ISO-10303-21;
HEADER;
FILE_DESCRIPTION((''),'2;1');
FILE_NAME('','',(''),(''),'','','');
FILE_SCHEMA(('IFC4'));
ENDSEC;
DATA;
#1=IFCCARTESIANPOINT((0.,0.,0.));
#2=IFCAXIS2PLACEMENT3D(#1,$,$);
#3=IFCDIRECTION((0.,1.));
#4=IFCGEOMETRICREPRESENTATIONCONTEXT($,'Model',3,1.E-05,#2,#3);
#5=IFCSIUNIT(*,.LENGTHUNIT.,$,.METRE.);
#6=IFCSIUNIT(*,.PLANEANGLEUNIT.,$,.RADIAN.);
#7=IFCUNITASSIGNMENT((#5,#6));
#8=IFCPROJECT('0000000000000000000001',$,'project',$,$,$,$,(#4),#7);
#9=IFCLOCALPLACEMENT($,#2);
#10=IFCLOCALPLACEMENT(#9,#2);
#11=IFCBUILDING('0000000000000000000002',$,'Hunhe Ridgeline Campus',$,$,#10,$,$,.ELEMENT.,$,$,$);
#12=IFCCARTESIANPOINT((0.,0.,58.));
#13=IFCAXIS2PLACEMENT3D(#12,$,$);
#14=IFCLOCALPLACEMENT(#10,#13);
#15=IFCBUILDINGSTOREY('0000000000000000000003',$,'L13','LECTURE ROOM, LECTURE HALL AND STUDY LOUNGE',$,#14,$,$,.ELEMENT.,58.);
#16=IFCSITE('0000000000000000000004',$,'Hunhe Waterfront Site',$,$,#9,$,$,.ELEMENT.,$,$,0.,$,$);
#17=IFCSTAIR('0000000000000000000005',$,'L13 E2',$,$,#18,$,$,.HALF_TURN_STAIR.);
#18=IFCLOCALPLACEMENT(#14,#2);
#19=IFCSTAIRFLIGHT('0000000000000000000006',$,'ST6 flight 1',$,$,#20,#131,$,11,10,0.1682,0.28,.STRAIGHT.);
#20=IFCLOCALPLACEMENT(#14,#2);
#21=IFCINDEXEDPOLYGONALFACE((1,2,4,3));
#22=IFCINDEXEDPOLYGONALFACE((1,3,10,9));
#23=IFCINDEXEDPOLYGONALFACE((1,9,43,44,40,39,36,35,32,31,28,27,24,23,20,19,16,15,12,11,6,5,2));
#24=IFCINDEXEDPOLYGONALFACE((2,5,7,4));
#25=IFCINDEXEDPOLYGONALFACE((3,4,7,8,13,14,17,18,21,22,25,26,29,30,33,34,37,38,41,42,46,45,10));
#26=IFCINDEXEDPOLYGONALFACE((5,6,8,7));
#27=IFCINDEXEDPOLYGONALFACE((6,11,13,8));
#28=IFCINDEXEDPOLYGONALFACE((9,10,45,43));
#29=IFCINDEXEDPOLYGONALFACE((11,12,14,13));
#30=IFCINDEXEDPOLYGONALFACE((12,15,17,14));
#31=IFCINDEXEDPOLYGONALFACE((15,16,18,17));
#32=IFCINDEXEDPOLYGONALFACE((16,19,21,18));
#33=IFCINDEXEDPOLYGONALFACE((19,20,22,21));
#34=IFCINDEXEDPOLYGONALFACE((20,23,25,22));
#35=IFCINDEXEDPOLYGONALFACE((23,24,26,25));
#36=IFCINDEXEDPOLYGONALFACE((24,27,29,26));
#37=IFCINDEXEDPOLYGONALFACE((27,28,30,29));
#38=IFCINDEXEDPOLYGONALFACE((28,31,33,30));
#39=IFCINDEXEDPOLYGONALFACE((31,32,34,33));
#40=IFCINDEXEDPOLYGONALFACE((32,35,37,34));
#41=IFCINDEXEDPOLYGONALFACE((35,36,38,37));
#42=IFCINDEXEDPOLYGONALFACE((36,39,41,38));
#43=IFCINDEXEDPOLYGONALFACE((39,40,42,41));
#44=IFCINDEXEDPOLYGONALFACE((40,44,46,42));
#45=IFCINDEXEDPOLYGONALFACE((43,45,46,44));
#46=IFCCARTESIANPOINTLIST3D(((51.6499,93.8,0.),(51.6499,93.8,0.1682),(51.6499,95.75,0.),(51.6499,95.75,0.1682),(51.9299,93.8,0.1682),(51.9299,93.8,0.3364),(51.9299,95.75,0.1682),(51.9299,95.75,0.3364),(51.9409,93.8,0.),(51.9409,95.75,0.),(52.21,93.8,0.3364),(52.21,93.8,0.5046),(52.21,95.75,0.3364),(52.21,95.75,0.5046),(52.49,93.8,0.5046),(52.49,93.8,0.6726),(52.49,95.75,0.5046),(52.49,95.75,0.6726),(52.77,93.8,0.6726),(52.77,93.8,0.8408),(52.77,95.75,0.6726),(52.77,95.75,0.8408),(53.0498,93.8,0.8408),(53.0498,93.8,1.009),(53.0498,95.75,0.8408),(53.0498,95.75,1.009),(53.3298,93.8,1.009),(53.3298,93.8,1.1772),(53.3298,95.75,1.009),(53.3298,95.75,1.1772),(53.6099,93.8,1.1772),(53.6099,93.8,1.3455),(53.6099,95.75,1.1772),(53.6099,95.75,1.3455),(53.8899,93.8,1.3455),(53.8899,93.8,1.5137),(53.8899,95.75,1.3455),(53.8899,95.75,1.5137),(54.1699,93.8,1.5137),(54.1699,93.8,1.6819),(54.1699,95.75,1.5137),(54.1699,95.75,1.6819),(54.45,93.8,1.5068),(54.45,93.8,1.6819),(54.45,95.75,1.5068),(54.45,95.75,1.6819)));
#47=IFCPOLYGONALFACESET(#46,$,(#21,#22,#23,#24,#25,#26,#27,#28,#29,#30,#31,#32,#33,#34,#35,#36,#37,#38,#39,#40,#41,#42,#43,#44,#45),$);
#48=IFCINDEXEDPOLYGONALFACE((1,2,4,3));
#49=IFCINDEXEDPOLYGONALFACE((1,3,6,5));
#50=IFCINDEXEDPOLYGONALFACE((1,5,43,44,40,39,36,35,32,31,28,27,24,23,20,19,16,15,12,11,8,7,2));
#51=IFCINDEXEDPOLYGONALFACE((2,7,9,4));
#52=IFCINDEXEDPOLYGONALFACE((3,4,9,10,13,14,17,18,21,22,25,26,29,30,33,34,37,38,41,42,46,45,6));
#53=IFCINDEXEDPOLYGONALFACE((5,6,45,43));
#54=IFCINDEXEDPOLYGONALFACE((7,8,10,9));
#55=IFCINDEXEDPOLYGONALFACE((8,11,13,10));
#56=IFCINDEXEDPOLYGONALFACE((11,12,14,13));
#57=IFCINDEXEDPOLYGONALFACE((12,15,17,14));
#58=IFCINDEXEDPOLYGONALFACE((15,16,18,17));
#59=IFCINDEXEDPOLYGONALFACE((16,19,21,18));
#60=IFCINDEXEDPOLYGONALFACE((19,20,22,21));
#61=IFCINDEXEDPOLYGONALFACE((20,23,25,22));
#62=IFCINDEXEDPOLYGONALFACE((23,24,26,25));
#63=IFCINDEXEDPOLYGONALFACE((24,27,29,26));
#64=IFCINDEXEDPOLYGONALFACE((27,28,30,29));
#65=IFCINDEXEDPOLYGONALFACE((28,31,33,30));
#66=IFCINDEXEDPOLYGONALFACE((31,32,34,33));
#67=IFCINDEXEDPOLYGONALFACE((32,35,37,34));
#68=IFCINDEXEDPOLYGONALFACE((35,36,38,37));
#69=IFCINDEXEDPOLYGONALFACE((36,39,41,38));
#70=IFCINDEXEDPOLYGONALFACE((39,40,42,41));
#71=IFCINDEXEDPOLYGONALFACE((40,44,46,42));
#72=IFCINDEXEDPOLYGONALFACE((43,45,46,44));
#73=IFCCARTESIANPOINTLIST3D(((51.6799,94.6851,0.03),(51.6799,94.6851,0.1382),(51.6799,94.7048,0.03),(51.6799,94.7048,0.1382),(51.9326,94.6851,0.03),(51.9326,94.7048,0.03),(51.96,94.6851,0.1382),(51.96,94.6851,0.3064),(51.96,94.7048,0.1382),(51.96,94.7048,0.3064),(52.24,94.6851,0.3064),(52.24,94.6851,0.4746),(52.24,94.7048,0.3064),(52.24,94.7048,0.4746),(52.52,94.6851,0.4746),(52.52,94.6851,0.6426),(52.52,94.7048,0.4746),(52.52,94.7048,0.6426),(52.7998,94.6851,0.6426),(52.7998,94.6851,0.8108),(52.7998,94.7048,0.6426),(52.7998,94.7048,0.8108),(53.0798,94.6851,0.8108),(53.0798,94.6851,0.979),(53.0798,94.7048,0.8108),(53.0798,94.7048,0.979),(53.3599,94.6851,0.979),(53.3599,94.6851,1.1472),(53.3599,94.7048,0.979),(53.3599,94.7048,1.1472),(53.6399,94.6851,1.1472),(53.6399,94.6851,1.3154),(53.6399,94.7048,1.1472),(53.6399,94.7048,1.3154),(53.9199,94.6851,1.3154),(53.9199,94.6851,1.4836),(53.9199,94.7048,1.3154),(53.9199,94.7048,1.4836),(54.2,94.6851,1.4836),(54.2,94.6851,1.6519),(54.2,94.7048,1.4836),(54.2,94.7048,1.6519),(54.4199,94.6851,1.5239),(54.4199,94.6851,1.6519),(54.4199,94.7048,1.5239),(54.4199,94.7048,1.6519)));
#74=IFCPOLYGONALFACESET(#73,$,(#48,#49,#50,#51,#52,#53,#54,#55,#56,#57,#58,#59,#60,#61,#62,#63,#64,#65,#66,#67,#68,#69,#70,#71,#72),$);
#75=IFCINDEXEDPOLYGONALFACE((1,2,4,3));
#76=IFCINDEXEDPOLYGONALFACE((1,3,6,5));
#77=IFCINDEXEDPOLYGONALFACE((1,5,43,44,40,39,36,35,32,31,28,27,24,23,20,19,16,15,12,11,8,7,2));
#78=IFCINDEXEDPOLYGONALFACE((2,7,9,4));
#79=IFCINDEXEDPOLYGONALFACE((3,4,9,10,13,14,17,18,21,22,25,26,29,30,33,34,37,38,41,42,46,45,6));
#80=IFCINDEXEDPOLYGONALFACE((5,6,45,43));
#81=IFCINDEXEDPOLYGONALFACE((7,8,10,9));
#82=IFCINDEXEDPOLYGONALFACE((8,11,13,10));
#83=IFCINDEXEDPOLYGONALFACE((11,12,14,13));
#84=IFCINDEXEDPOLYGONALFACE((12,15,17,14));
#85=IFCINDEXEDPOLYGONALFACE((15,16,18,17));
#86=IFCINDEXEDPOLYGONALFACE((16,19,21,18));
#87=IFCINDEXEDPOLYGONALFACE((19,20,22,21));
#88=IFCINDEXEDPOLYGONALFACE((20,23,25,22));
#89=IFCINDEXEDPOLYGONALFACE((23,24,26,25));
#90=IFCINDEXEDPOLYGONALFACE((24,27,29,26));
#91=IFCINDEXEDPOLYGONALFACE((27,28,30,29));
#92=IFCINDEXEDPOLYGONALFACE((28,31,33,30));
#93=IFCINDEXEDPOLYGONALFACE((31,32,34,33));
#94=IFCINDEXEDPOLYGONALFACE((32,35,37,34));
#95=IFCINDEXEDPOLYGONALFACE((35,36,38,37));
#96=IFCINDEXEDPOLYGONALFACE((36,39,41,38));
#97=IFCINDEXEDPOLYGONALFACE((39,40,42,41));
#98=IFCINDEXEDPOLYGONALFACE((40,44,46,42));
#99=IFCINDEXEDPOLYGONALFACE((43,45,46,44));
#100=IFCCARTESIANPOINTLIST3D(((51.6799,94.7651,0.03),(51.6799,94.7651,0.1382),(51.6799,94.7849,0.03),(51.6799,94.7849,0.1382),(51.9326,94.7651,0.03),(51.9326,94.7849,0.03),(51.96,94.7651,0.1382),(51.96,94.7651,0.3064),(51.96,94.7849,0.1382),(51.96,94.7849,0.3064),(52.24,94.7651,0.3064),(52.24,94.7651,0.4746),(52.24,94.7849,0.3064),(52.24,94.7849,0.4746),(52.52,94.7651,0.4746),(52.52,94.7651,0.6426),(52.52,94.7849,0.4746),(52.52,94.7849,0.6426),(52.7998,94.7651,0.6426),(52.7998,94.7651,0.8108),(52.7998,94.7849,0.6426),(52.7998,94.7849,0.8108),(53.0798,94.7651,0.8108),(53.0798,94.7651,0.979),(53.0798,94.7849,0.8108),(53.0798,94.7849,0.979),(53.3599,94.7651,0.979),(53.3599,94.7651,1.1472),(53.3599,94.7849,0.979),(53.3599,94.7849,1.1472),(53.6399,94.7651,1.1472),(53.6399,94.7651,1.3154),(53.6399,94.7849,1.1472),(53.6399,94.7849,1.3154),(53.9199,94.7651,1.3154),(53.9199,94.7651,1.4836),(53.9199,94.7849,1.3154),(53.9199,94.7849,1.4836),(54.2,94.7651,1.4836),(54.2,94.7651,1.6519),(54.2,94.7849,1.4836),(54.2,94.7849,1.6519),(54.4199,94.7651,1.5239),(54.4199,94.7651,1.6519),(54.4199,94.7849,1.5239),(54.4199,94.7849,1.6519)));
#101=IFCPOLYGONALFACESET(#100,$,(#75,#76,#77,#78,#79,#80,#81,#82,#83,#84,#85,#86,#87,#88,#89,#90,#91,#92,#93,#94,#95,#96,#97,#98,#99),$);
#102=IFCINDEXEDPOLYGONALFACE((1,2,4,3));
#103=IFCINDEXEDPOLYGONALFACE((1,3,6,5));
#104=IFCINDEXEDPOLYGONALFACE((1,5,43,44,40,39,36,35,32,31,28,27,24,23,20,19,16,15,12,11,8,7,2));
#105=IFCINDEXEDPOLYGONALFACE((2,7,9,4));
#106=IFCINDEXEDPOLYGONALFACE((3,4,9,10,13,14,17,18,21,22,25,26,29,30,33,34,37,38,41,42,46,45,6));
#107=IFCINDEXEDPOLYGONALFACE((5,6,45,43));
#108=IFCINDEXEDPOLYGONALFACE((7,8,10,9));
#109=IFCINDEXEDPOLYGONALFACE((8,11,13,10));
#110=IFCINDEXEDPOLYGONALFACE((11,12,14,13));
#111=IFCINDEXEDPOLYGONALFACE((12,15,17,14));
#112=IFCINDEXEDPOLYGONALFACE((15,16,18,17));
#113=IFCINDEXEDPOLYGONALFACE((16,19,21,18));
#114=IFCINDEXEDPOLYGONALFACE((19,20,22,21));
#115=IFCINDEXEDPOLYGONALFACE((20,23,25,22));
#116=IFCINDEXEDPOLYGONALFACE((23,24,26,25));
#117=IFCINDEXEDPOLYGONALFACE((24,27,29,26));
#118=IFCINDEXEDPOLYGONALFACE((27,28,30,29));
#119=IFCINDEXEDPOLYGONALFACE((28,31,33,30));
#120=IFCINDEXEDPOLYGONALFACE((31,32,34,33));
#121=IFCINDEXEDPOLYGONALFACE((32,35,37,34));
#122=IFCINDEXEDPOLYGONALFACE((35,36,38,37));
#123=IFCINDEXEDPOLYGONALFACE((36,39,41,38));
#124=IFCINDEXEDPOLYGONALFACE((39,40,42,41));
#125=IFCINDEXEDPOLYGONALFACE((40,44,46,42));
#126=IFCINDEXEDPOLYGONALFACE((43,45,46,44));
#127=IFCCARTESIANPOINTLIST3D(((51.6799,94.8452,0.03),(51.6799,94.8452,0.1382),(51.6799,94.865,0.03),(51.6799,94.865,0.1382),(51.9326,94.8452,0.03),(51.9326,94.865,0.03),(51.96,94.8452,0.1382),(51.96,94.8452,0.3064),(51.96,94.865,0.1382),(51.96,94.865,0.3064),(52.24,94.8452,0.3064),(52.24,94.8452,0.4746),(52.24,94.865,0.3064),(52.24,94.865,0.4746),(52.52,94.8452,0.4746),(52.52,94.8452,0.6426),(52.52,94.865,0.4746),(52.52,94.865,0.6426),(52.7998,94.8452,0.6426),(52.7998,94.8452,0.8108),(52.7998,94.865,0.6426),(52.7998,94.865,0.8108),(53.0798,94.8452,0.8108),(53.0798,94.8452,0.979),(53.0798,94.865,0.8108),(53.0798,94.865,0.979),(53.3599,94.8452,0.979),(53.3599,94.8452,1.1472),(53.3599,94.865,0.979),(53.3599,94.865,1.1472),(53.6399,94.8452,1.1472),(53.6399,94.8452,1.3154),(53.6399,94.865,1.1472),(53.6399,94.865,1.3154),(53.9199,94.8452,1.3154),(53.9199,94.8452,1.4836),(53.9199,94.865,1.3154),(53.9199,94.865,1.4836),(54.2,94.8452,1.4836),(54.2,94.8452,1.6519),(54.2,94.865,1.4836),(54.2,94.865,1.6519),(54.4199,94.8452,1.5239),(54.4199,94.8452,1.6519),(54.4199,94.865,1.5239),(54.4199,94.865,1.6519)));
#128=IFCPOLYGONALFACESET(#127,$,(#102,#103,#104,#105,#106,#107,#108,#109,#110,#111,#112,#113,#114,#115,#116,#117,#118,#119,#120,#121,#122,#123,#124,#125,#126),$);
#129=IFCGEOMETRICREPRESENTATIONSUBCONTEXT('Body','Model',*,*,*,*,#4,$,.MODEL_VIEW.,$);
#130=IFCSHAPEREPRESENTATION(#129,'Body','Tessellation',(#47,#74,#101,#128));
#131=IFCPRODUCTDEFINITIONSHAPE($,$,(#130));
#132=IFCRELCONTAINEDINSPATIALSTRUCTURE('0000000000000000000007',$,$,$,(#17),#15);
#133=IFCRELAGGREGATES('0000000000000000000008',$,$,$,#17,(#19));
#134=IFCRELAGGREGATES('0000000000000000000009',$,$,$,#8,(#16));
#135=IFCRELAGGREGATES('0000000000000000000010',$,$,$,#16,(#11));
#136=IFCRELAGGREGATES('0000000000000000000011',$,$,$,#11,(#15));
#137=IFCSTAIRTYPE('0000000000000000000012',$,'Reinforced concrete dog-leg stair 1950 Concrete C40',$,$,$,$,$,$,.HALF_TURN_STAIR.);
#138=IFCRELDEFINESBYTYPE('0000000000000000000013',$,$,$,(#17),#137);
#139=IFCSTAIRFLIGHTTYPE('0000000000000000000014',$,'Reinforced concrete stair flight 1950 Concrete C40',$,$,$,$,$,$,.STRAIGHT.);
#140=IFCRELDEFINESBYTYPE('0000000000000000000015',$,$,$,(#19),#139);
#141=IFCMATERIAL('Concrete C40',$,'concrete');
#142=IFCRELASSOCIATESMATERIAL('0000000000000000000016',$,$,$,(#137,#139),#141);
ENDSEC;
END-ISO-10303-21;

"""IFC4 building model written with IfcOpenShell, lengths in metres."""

from ifc_helpers import new_model, si_unit, direction, frame, origin, place, context, subcontext, project, spatial, polyline, outline, extrude, material, type_object, element, aggregate, save


model = new_model("IFC4")

# Units and contexts
model_context = context("Model", 3, precision=1e-05, world=origin(), true_north=direction((0.0, 1.0)))
body_context = subcontext(model_context, "Body", "Model", "MODEL_VIEW")
ifc_project = project(units=[si_unit("LENGTHUNIT", "METRE"), si_unit("PLANEANGLEUNIT", "RADIAN")], contexts=[model_context])

# Site, building, storey
site_placement = place(None, origin())
site = spatial("IfcSite", under=ifc_project, at=site_placement, Name="Hunhe Waterfront Site", CompositionType="ELEMENT", RefElevation=0.0)
building_placement = place(site_placement, origin())
building = spatial("IfcBuilding", under=site, at=building_placement, Name="Hunhe Ridgeline Campus", CompositionType="ELEMENT")
storey_placement = place(building_placement, frame((0.0, 0.0, 58.0)))
storey = spatial("IfcBuildingStorey", under=building, at=storey_placement, Name="L13", Description="LECTURE ROOM, LECTURE HALL AND STUDY LOUNGE", CompositionType="ELEMENT", Elevation=58.0)

# Shared definitions
ifc_material_1 = material(Name="Concrete C40", Category="concrete")
stair_type = type_object("IfcStairType", Name="Reinforced concrete dog-leg stair 1950 Concrete C40", PredefinedType="HALF_TURN_STAIR", material=ifc_material_1)
stair_flight_type = type_object("IfcStairFlightType", Name="Reinforced concrete stair flight 1950 Concrete C40", PredefinedType="STRAIGHT", material=ifc_material_1)

# Stair, stair flight
stair_1_placement = place(storey_placement, origin())
stair_1 = element("IfcStair", 1, at=stair_1_placement, inside=storey, type_object=stair_type, Name="L13 E2", PredefinedType="HALF_TURN_STAIR")
stair_flight_1_placement = place(storey_placement, frame((51.6499, 94.7749, 0.0), z_axis=(0.0, 0.0, 1.0), x_axis=(1.0, 0.0, 0.0)))
stair_flight_1 = element("IfcStairFlight", 2, at=stair_flight_1_placement, type_object=stair_flight_type, Name="ST6 flight 1", NumberOfRisers=11, NumberOfTreads=10, PredefinedType="STRAIGHT", RiserHeight=0.1682, TreadLength=0.28, context=body_context, shape_type="SweptSolid", body=[
    extrude(outline(polyline([(0.0, 0.0), (0.0, 0.1682), (0.28, 0.1682), (0.28, 0.3364), (0.5601, 0.3364), (0.5601, 0.5046), (0.8401, 0.5046), (0.8401, 0.6726), (1.1201, 0.6726), (1.1201, 0.8408), (1.3999, 0.8408), (1.3999, 1.009), (1.6799, 1.009), (1.6799, 1.1772), (1.96, 1.1772), (1.96, 1.3455), (2.24, 1.3455), (2.24, 1.5137), (2.52, 1.5137), (2.52, 1.6819), (2.8, 1.6819), (2.8, 1.8501), (2.8, 1.5068), (0.291, 0.0), (0.0, 0.0)])), frame((0.0, 0.9751, 0.0), z_axis=(0.0, -1.0, 0.0), x_axis=(1.0, 0.0, 0.0)), (0.0, 0.0, 1.0), 1.95),
    extrude(outline(polyline([(0.03, 0.03), (0.03, 0.1382), (0.3101, 0.1382), (0.3101, 0.3064), (0.5901, 0.3064), (0.5901, 0.4746), (0.8701, 0.4746), (0.8701, 0.6426), (1.1499, 0.6426), (1.1499, 0.8108), (1.4299, 0.8108), (1.4299, 0.979), (1.71, 0.979), (1.71, 1.1472), (1.99, 1.1472), (1.99, 1.3154), (2.27, 1.3154), (2.27, 1.4836), (2.55, 1.4836), (2.55, 1.6519), (2.77, 1.6519), (2.77, 1.5239), (0.2827, 0.03), (0.03, 0.03)])), frame((0.0, -0.0701, 0.0), z_axis=(0.0, -1.0, 0.0), x_axis=(1.0, 0.0, 0.0)), (0.0, 0.0, 1.0), 0.0198),
    extrude(outline(polyline([(0.03, 0.03), (0.03, 0.1382), (0.3101, 0.1382), (0.3101, 0.3064), (0.5901, 0.3064), (0.5901, 0.4746), (0.8701, 0.4746), (0.8701, 0.6426), (1.1499, 0.6426), (1.1499, 0.8108), (1.4299, 0.8108), (1.4299, 0.979), (1.71, 0.979), (1.71, 1.1472), (1.99, 1.1472), (1.99, 1.3154), (2.27, 1.3154), (2.27, 1.4836), (2.55, 1.4836), (2.55, 1.6519), (2.77, 1.6519), (2.77, 1.5239), (0.2827, 0.03), (0.03, 0.03)])), frame((0.0, 0.01, 0.0), z_axis=(0.0, -1.0, 0.0), x_axis=(1.0, 0.0, 0.0)), (0.0, 0.0, 1.0), 0.0198),
    extrude(outline(polyline([(0.03, 0.03), (0.03, 0.1382), (0.3101, 0.1382), (0.3101, 0.3064), (0.5901, 0.3064), (0.5901, 0.4746), (0.8701, 0.4746), (0.8701, 0.6426), (1.1499, 0.6426), (1.1499, 0.8108), (1.4299, 0.8108), (1.4299, 0.979), (1.71, 0.979), (1.71, 1.1472), (1.99, 1.1472), (1.99, 1.3154), (2.27, 1.3154), (2.27, 1.4836), (2.55, 1.4836), (2.55, 1.6519), (2.77, 1.6519), (2.77, 1.5239), (0.2827, 0.03), (0.03, 0.03)])), frame((0.0, 0.0901, 0.0), z_axis=(0.0, -1.0, 0.0), x_axis=(1.0, 0.0, 0.0)), (0.0, 0.0, 1.0), 0.0198),
])
aggregate(stair_1, [stair_flight_1])

save(model, "model.ifc")
